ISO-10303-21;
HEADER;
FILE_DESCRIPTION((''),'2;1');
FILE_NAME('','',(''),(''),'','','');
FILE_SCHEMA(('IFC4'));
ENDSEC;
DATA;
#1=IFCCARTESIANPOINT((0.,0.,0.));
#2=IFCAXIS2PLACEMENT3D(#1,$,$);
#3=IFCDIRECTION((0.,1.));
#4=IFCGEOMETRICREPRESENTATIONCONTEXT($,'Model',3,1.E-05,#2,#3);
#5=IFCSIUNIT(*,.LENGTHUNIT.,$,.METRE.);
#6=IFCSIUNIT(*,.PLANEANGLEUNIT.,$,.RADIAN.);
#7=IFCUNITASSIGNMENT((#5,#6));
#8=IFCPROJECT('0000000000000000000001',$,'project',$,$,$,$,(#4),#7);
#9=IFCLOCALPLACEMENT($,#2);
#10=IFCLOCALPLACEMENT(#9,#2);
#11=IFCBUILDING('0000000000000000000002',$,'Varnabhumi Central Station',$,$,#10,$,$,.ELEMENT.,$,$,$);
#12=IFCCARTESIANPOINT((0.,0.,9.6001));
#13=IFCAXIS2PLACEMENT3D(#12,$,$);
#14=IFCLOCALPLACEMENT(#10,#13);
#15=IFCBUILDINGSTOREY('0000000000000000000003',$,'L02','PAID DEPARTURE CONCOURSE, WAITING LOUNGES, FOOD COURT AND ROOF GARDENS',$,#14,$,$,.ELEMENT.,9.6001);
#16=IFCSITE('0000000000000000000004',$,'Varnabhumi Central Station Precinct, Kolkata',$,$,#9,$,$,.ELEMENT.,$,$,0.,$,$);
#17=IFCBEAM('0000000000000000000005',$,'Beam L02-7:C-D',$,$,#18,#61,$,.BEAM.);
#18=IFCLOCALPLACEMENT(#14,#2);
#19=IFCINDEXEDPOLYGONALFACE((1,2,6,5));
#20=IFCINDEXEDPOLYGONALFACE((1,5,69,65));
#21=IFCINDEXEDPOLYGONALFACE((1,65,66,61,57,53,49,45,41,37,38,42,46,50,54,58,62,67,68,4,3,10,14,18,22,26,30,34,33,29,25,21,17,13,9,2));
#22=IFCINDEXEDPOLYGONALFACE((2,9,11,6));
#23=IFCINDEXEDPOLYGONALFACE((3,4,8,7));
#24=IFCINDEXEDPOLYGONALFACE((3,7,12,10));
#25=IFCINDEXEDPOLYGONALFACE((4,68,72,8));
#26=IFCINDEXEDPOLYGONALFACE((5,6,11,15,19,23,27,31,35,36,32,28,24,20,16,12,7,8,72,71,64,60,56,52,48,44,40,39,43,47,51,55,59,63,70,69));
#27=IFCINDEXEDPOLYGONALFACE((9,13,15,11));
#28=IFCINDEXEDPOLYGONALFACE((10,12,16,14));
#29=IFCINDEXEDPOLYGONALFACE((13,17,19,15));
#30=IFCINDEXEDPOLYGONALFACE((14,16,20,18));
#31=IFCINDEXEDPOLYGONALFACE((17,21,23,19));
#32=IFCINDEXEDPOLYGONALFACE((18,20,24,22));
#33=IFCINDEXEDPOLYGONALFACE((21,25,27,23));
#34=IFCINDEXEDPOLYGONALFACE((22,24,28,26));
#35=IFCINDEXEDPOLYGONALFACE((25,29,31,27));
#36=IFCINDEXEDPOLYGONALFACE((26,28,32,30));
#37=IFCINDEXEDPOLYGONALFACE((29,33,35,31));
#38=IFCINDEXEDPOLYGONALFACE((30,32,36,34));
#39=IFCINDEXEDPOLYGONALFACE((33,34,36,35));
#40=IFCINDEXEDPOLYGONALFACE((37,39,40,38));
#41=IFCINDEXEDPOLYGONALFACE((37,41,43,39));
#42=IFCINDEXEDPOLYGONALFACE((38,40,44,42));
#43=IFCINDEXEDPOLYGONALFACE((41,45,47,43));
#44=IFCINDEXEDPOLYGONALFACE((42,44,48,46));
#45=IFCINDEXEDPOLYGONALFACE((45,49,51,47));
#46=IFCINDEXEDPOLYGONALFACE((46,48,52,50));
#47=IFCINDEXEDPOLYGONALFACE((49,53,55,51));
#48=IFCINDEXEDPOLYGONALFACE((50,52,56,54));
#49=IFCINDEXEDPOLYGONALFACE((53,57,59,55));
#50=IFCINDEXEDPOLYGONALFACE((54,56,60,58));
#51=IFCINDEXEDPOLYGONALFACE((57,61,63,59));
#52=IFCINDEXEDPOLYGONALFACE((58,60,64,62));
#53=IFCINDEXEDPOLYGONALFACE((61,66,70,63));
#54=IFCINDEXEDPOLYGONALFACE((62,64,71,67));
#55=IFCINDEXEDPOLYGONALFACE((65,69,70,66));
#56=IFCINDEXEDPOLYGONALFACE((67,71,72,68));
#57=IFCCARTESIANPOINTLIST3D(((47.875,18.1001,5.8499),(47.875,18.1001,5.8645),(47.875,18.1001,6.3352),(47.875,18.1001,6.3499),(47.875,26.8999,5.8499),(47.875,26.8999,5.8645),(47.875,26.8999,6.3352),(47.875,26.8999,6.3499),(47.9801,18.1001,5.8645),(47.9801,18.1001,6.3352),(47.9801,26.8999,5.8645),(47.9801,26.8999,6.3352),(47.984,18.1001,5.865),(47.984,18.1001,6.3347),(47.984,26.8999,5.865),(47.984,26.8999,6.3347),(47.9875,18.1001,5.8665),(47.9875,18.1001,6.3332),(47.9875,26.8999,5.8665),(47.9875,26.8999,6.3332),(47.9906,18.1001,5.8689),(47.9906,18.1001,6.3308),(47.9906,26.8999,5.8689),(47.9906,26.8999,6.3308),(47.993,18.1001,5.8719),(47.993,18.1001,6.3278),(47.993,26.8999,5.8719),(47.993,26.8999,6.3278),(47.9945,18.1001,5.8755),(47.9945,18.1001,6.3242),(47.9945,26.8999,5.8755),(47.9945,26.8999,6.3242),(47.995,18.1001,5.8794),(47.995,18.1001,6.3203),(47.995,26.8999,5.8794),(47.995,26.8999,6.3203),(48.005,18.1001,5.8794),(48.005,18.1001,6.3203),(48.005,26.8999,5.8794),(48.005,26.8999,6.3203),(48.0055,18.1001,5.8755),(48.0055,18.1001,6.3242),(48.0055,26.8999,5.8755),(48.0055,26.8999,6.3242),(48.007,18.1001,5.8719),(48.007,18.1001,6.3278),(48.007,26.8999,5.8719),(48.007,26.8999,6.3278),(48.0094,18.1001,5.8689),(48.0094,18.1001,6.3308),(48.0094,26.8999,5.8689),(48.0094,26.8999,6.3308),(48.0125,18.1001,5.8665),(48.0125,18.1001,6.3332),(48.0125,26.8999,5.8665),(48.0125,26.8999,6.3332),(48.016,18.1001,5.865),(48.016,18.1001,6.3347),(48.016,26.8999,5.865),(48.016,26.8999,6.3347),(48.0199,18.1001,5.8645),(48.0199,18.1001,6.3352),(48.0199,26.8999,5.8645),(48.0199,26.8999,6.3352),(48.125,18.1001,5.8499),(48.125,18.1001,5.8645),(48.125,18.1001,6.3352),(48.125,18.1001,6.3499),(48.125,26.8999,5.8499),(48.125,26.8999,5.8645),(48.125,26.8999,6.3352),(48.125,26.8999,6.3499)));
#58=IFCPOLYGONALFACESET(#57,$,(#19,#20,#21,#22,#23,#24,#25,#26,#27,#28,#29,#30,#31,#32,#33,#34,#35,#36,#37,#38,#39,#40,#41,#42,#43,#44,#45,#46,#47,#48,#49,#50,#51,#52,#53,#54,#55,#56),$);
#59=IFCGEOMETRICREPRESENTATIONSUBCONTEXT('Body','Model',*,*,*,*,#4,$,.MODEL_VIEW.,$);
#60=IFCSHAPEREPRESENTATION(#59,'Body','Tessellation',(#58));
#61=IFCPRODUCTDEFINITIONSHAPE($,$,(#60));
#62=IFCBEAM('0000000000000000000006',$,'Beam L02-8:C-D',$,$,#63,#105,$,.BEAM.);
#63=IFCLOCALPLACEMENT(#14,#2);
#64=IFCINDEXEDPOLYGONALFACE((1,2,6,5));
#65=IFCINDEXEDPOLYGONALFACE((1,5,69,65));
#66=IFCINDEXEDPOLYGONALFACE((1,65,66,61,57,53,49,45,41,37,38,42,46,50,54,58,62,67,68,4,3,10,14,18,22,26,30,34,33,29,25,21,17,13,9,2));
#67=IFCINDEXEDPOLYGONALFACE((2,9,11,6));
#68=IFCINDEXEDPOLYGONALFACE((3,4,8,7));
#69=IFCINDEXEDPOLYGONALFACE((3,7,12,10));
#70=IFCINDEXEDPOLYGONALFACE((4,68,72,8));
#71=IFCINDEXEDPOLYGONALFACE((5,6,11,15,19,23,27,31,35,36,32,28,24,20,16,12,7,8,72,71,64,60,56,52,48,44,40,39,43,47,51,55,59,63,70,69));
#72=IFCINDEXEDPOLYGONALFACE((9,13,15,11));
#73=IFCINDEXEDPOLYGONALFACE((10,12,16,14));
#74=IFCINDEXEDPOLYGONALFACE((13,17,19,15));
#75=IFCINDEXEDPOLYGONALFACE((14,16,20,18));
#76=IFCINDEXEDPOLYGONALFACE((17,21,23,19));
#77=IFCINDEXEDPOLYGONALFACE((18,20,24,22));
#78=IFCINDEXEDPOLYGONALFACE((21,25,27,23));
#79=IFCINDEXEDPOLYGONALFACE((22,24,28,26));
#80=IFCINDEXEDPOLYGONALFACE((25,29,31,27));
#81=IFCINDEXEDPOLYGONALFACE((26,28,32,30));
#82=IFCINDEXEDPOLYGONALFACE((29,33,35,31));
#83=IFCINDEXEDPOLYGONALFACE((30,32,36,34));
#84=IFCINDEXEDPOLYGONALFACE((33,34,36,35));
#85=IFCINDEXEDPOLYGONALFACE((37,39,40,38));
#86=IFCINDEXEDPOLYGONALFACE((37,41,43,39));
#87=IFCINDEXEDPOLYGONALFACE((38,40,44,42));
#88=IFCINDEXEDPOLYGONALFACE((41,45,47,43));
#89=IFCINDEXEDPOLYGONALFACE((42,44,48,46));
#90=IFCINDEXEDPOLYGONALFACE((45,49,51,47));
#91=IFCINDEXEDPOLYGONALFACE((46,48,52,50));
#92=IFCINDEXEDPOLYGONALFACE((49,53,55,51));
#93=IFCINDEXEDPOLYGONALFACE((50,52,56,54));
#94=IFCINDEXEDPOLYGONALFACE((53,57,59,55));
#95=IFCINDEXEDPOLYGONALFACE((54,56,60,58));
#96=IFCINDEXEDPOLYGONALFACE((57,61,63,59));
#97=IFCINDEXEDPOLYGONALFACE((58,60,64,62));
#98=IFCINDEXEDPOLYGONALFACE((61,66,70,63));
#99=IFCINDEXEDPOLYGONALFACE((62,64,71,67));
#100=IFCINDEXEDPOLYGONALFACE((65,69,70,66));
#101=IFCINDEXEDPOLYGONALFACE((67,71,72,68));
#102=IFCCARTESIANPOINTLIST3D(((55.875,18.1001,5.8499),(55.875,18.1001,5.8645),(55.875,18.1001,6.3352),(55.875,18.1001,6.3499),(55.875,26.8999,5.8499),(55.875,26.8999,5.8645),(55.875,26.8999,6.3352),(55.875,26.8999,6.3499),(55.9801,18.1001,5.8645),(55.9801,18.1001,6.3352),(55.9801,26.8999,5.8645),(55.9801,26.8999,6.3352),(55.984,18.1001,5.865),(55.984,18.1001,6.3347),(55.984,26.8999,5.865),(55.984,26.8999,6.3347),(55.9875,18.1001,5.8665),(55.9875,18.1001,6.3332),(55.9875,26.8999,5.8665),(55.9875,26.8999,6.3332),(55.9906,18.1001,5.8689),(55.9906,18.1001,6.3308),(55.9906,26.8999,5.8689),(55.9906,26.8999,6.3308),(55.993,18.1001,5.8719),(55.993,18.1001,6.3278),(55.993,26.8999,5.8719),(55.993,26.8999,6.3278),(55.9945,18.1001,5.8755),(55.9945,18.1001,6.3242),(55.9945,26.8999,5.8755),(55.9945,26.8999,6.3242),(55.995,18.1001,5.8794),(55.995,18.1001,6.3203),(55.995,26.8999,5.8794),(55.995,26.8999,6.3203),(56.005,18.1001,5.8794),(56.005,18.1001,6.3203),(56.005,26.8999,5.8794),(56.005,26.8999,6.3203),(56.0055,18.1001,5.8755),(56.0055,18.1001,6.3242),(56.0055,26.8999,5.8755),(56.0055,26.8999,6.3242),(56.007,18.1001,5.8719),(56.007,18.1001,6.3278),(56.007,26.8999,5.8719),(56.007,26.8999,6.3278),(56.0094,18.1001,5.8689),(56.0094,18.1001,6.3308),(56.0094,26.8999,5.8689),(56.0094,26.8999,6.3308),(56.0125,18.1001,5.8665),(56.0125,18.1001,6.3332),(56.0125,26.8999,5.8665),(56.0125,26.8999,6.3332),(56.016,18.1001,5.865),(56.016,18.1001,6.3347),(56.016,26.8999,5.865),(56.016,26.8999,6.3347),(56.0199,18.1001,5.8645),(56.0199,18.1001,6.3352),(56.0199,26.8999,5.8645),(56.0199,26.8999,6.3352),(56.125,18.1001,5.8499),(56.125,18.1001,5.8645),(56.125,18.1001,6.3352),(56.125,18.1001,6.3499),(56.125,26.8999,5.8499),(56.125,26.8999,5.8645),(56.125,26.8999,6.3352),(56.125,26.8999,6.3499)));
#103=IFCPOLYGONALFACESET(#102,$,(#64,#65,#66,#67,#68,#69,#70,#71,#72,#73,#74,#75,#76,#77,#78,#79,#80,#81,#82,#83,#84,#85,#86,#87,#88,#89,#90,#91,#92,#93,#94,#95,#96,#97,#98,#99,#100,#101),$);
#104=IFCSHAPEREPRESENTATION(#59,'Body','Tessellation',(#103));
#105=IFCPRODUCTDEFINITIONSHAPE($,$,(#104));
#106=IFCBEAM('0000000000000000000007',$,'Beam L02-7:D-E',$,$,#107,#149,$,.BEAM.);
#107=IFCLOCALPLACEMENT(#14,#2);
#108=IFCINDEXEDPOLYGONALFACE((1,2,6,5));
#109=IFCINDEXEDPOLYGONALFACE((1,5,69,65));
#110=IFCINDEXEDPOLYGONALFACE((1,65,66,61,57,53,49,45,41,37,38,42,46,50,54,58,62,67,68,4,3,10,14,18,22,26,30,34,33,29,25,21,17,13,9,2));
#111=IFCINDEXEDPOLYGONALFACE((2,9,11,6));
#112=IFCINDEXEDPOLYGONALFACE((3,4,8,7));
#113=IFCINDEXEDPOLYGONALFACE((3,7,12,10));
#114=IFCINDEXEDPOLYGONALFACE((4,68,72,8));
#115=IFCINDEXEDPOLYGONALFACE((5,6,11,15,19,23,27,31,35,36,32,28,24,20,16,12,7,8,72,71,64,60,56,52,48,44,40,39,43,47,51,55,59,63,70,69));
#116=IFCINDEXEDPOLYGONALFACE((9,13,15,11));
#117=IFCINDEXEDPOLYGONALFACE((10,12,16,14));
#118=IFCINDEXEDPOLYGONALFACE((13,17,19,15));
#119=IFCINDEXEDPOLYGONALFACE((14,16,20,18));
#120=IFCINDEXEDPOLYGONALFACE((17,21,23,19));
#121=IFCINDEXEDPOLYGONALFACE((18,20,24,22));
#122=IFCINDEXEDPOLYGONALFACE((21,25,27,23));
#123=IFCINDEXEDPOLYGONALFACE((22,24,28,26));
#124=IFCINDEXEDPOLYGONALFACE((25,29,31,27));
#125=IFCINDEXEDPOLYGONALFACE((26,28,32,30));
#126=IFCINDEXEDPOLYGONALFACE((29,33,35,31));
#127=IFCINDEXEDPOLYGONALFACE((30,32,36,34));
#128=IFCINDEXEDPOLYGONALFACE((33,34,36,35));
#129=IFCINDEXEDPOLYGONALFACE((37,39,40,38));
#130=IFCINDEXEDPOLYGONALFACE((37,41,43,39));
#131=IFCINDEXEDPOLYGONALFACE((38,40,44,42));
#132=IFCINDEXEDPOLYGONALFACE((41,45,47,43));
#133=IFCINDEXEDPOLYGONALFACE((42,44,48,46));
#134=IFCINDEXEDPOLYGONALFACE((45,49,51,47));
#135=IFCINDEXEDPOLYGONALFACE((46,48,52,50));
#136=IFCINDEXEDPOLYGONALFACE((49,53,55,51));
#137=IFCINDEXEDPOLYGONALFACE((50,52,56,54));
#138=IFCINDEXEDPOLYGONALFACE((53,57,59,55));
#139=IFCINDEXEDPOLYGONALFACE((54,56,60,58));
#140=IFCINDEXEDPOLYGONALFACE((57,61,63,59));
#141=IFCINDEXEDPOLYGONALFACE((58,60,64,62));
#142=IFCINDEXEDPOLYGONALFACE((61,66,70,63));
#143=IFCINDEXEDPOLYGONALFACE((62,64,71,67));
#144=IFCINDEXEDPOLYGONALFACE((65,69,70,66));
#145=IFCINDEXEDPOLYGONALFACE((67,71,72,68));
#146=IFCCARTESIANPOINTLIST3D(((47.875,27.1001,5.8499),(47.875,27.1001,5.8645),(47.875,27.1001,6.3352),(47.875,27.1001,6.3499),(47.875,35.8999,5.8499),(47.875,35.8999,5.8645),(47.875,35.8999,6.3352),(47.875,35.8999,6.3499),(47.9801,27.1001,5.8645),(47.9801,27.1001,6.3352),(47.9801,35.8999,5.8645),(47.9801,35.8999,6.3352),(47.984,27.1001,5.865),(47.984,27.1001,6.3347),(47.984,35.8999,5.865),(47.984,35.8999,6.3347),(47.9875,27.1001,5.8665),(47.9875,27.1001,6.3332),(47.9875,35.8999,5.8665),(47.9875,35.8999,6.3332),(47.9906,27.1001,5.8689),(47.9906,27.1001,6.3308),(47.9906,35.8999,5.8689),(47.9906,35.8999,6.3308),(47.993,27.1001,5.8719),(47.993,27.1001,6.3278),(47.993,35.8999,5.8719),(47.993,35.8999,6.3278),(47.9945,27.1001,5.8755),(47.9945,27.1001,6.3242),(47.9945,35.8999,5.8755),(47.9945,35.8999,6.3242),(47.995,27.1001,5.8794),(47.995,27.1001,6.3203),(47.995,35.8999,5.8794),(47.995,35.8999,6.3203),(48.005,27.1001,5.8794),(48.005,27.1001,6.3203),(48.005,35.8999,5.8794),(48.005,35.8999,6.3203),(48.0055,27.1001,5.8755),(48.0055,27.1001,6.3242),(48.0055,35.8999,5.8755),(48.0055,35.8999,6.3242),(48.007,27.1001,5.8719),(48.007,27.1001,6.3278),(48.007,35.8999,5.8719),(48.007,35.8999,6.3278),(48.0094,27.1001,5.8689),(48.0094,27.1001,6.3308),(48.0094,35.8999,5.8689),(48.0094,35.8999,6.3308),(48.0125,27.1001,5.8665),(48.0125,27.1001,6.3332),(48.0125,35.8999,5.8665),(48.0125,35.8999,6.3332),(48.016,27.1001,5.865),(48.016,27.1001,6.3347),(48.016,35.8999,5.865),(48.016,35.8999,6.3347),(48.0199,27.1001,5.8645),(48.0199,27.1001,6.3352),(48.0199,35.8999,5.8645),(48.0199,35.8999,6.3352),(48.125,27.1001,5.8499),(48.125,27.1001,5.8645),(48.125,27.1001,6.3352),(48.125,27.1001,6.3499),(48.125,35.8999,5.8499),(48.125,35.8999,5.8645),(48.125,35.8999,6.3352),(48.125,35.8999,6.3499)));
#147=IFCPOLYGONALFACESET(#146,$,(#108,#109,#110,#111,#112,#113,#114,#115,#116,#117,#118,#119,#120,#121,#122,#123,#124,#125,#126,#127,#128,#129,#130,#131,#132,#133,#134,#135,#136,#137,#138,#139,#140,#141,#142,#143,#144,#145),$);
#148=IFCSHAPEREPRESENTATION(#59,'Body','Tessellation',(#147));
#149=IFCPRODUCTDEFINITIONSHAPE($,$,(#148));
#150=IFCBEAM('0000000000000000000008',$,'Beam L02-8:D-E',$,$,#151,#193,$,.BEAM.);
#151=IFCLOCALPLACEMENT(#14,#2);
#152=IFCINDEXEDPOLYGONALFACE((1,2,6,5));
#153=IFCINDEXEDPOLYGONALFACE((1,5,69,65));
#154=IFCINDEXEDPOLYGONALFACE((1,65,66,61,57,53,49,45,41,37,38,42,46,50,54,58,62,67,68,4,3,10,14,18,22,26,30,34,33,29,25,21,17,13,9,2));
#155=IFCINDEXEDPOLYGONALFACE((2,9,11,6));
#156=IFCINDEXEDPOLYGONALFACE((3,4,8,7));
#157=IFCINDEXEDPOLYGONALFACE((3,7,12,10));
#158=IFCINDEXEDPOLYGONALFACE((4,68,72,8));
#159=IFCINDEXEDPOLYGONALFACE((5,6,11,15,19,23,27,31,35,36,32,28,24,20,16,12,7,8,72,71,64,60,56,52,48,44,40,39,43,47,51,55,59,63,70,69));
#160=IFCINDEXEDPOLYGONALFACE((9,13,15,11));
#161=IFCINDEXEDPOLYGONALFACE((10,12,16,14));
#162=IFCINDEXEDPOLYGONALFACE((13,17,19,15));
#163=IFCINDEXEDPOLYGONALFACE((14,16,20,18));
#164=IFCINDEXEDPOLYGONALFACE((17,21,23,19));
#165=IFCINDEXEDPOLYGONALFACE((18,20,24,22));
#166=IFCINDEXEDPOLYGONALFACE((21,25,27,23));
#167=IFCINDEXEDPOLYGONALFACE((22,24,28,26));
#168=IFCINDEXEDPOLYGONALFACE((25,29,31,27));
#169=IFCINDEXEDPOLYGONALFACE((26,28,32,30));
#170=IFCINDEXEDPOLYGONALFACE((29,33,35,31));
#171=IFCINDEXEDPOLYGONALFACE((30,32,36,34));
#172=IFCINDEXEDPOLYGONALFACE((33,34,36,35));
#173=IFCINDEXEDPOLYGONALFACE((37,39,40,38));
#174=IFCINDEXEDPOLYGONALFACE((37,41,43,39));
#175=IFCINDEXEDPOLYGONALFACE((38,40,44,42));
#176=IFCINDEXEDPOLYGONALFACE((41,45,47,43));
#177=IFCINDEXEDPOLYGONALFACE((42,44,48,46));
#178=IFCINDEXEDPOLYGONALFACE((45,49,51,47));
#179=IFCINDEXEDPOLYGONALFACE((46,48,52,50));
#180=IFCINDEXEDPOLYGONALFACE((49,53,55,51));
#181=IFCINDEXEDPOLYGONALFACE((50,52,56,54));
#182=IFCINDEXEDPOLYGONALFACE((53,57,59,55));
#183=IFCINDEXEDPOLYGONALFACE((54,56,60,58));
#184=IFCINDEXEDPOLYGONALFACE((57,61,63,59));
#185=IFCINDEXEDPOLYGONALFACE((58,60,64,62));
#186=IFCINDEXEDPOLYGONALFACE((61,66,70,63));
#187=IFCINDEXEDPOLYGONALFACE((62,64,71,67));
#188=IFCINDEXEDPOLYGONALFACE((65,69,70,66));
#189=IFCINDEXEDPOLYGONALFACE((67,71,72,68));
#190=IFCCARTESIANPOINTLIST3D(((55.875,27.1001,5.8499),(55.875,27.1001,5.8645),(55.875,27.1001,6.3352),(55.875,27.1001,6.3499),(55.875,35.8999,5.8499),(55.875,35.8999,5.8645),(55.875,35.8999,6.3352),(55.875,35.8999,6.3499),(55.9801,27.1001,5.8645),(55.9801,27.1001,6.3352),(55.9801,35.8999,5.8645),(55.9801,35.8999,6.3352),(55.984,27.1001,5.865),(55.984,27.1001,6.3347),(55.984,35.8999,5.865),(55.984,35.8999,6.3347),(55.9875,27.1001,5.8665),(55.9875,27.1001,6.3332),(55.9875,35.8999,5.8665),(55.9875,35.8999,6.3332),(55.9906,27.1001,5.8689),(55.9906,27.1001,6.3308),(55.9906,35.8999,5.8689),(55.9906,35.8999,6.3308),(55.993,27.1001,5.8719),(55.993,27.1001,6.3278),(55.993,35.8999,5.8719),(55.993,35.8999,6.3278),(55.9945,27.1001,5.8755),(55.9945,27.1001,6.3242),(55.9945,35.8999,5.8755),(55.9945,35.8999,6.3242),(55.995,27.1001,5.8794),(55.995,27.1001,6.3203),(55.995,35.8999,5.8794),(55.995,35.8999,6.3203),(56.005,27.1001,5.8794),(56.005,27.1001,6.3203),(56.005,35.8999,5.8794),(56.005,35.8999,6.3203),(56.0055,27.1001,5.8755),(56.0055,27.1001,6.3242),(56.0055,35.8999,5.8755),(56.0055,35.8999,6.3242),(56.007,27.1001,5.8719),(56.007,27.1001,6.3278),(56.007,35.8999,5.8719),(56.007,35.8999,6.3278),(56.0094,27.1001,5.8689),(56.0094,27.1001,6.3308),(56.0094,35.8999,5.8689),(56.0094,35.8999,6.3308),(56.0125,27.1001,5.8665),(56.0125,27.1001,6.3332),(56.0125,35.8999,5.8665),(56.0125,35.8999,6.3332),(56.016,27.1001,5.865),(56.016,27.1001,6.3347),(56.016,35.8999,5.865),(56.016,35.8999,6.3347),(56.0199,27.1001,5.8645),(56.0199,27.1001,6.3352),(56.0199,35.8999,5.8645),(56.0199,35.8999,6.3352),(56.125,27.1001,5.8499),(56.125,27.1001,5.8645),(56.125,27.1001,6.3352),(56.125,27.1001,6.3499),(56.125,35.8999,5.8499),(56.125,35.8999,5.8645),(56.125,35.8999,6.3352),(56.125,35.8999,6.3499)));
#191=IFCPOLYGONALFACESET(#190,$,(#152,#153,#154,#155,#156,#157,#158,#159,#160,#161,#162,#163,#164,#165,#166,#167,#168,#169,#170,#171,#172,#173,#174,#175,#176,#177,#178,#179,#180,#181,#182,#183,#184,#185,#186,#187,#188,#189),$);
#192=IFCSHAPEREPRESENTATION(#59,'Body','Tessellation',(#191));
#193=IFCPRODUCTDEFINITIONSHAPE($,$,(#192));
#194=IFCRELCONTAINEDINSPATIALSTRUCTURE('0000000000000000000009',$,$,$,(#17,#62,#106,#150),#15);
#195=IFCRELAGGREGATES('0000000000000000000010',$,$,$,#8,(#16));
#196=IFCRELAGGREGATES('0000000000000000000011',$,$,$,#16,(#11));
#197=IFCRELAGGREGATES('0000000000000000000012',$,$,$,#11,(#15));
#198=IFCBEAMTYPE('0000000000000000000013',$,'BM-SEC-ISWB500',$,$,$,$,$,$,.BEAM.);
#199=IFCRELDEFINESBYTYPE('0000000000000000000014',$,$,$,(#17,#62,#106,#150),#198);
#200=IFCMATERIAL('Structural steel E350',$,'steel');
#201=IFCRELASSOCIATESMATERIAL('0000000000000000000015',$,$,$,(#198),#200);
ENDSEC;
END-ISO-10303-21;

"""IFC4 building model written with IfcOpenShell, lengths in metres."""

from ifc_helpers import new_model, si_unit, direction, frame, origin, origin_2d, place, context, subcontext, project, spatial, i_section, extrude, material, material_profile, profile_set, type_object, element, save


model = new_model("IFC4")

# Units and contexts
model_context = context("Model", 3, precision=1e-05, world=origin(), true_north=direction((0.0, 1.0)))
body_context = subcontext(model_context, "Body", "Model", "MODEL_VIEW")
ifc_project = project(units=[si_unit("LENGTHUNIT", "METRE"), si_unit("PLANEANGLEUNIT", "RADIAN")], contexts=[model_context])

# Site, building, storey
site_placement = place(None, origin())
site = spatial("IfcSite", under=ifc_project, at=site_placement, Name="Varnabhumi Central Station Precinct, Kolkata", CompositionType="ELEMENT", RefElevation=0.0)
building_placement = place(site_placement, origin())
building = spatial("IfcBuilding", under=site, at=building_placement, Name="Varnabhumi Central Station", CompositionType="ELEMENT")
storey_placement = place(building_placement, frame((0.0, 0.0, 9.6001)))
storey = spatial("IfcBuildingStorey", under=building, at=storey_placement, Name="L02", Description="PAID DEPARTURE CONCOURSE, WAITING LOUNGES, FOOD COURT AND ROOF GARDENS", CompositionType="ELEMENT", Elevation=9.6001)

# Beams
ifc_material_1 = material(Name="Structural steel E350", Category="steel")
ifc_material_profile_1 = material_profile(ifc_material_1, i_section(OverallWidth=0.25, OverallDepth=0.5, WebThickness=0.01, FlangeThickness=0.0146, FilletRadius=0.0149, at=origin_2d()), Name="Structural steel E350", Category="steel")
ifc_profile_set_1 = profile_set([ifc_material_profile_1], Name="Structural steel E350")
beam_type_1 = type_object("IfcBeamType", Name="BM-SEC-ISWB500", PredefinedType="BEAM", material=ifc_profile_set_1)
for number, where, z_axis, x_axis, name in (
    (1, (48.0, 18.1001, 6.0999), (0.0, 1.0, 0.0), (-1.0, 0.0, 0.0), "Beam L02-7:C-D"),
    (2, (56.0, 18.1001, 6.0999), (0.0, 1.0, 0.0), (-1.0, 0.0, 0.0), "Beam L02-8:C-D"),
    (3, (48.0, 27.1001, 6.0999), (0.0, 1.0, 0.0), (-1.0, 0.0, 0.0), "Beam L02-7:D-E"),
    (4, (56.0, 27.1001, 6.0999), (0.0, 1.0, 0.0), (-1.0, 0.0, 0.0), "Beam L02-8:D-E"),
):
    element("IfcBeam", number, at=place(storey_placement, frame(where, z_axis=z_axis, x_axis=x_axis)), inside=storey, type_object=beam_type_1, Name=name, PredefinedType="BEAM", context=body_context, shape_type="SweptSolid", body=[
        extrude(i_section(OverallWidth=0.25, OverallDepth=0.5, WebThickness=0.01, FlangeThickness=0.0146, FilletRadius=0.0149, at=origin_2d()), origin(), (0.0, 0.0, 1.0), 8.7998),
    ])

save(model, "model.ifc")
